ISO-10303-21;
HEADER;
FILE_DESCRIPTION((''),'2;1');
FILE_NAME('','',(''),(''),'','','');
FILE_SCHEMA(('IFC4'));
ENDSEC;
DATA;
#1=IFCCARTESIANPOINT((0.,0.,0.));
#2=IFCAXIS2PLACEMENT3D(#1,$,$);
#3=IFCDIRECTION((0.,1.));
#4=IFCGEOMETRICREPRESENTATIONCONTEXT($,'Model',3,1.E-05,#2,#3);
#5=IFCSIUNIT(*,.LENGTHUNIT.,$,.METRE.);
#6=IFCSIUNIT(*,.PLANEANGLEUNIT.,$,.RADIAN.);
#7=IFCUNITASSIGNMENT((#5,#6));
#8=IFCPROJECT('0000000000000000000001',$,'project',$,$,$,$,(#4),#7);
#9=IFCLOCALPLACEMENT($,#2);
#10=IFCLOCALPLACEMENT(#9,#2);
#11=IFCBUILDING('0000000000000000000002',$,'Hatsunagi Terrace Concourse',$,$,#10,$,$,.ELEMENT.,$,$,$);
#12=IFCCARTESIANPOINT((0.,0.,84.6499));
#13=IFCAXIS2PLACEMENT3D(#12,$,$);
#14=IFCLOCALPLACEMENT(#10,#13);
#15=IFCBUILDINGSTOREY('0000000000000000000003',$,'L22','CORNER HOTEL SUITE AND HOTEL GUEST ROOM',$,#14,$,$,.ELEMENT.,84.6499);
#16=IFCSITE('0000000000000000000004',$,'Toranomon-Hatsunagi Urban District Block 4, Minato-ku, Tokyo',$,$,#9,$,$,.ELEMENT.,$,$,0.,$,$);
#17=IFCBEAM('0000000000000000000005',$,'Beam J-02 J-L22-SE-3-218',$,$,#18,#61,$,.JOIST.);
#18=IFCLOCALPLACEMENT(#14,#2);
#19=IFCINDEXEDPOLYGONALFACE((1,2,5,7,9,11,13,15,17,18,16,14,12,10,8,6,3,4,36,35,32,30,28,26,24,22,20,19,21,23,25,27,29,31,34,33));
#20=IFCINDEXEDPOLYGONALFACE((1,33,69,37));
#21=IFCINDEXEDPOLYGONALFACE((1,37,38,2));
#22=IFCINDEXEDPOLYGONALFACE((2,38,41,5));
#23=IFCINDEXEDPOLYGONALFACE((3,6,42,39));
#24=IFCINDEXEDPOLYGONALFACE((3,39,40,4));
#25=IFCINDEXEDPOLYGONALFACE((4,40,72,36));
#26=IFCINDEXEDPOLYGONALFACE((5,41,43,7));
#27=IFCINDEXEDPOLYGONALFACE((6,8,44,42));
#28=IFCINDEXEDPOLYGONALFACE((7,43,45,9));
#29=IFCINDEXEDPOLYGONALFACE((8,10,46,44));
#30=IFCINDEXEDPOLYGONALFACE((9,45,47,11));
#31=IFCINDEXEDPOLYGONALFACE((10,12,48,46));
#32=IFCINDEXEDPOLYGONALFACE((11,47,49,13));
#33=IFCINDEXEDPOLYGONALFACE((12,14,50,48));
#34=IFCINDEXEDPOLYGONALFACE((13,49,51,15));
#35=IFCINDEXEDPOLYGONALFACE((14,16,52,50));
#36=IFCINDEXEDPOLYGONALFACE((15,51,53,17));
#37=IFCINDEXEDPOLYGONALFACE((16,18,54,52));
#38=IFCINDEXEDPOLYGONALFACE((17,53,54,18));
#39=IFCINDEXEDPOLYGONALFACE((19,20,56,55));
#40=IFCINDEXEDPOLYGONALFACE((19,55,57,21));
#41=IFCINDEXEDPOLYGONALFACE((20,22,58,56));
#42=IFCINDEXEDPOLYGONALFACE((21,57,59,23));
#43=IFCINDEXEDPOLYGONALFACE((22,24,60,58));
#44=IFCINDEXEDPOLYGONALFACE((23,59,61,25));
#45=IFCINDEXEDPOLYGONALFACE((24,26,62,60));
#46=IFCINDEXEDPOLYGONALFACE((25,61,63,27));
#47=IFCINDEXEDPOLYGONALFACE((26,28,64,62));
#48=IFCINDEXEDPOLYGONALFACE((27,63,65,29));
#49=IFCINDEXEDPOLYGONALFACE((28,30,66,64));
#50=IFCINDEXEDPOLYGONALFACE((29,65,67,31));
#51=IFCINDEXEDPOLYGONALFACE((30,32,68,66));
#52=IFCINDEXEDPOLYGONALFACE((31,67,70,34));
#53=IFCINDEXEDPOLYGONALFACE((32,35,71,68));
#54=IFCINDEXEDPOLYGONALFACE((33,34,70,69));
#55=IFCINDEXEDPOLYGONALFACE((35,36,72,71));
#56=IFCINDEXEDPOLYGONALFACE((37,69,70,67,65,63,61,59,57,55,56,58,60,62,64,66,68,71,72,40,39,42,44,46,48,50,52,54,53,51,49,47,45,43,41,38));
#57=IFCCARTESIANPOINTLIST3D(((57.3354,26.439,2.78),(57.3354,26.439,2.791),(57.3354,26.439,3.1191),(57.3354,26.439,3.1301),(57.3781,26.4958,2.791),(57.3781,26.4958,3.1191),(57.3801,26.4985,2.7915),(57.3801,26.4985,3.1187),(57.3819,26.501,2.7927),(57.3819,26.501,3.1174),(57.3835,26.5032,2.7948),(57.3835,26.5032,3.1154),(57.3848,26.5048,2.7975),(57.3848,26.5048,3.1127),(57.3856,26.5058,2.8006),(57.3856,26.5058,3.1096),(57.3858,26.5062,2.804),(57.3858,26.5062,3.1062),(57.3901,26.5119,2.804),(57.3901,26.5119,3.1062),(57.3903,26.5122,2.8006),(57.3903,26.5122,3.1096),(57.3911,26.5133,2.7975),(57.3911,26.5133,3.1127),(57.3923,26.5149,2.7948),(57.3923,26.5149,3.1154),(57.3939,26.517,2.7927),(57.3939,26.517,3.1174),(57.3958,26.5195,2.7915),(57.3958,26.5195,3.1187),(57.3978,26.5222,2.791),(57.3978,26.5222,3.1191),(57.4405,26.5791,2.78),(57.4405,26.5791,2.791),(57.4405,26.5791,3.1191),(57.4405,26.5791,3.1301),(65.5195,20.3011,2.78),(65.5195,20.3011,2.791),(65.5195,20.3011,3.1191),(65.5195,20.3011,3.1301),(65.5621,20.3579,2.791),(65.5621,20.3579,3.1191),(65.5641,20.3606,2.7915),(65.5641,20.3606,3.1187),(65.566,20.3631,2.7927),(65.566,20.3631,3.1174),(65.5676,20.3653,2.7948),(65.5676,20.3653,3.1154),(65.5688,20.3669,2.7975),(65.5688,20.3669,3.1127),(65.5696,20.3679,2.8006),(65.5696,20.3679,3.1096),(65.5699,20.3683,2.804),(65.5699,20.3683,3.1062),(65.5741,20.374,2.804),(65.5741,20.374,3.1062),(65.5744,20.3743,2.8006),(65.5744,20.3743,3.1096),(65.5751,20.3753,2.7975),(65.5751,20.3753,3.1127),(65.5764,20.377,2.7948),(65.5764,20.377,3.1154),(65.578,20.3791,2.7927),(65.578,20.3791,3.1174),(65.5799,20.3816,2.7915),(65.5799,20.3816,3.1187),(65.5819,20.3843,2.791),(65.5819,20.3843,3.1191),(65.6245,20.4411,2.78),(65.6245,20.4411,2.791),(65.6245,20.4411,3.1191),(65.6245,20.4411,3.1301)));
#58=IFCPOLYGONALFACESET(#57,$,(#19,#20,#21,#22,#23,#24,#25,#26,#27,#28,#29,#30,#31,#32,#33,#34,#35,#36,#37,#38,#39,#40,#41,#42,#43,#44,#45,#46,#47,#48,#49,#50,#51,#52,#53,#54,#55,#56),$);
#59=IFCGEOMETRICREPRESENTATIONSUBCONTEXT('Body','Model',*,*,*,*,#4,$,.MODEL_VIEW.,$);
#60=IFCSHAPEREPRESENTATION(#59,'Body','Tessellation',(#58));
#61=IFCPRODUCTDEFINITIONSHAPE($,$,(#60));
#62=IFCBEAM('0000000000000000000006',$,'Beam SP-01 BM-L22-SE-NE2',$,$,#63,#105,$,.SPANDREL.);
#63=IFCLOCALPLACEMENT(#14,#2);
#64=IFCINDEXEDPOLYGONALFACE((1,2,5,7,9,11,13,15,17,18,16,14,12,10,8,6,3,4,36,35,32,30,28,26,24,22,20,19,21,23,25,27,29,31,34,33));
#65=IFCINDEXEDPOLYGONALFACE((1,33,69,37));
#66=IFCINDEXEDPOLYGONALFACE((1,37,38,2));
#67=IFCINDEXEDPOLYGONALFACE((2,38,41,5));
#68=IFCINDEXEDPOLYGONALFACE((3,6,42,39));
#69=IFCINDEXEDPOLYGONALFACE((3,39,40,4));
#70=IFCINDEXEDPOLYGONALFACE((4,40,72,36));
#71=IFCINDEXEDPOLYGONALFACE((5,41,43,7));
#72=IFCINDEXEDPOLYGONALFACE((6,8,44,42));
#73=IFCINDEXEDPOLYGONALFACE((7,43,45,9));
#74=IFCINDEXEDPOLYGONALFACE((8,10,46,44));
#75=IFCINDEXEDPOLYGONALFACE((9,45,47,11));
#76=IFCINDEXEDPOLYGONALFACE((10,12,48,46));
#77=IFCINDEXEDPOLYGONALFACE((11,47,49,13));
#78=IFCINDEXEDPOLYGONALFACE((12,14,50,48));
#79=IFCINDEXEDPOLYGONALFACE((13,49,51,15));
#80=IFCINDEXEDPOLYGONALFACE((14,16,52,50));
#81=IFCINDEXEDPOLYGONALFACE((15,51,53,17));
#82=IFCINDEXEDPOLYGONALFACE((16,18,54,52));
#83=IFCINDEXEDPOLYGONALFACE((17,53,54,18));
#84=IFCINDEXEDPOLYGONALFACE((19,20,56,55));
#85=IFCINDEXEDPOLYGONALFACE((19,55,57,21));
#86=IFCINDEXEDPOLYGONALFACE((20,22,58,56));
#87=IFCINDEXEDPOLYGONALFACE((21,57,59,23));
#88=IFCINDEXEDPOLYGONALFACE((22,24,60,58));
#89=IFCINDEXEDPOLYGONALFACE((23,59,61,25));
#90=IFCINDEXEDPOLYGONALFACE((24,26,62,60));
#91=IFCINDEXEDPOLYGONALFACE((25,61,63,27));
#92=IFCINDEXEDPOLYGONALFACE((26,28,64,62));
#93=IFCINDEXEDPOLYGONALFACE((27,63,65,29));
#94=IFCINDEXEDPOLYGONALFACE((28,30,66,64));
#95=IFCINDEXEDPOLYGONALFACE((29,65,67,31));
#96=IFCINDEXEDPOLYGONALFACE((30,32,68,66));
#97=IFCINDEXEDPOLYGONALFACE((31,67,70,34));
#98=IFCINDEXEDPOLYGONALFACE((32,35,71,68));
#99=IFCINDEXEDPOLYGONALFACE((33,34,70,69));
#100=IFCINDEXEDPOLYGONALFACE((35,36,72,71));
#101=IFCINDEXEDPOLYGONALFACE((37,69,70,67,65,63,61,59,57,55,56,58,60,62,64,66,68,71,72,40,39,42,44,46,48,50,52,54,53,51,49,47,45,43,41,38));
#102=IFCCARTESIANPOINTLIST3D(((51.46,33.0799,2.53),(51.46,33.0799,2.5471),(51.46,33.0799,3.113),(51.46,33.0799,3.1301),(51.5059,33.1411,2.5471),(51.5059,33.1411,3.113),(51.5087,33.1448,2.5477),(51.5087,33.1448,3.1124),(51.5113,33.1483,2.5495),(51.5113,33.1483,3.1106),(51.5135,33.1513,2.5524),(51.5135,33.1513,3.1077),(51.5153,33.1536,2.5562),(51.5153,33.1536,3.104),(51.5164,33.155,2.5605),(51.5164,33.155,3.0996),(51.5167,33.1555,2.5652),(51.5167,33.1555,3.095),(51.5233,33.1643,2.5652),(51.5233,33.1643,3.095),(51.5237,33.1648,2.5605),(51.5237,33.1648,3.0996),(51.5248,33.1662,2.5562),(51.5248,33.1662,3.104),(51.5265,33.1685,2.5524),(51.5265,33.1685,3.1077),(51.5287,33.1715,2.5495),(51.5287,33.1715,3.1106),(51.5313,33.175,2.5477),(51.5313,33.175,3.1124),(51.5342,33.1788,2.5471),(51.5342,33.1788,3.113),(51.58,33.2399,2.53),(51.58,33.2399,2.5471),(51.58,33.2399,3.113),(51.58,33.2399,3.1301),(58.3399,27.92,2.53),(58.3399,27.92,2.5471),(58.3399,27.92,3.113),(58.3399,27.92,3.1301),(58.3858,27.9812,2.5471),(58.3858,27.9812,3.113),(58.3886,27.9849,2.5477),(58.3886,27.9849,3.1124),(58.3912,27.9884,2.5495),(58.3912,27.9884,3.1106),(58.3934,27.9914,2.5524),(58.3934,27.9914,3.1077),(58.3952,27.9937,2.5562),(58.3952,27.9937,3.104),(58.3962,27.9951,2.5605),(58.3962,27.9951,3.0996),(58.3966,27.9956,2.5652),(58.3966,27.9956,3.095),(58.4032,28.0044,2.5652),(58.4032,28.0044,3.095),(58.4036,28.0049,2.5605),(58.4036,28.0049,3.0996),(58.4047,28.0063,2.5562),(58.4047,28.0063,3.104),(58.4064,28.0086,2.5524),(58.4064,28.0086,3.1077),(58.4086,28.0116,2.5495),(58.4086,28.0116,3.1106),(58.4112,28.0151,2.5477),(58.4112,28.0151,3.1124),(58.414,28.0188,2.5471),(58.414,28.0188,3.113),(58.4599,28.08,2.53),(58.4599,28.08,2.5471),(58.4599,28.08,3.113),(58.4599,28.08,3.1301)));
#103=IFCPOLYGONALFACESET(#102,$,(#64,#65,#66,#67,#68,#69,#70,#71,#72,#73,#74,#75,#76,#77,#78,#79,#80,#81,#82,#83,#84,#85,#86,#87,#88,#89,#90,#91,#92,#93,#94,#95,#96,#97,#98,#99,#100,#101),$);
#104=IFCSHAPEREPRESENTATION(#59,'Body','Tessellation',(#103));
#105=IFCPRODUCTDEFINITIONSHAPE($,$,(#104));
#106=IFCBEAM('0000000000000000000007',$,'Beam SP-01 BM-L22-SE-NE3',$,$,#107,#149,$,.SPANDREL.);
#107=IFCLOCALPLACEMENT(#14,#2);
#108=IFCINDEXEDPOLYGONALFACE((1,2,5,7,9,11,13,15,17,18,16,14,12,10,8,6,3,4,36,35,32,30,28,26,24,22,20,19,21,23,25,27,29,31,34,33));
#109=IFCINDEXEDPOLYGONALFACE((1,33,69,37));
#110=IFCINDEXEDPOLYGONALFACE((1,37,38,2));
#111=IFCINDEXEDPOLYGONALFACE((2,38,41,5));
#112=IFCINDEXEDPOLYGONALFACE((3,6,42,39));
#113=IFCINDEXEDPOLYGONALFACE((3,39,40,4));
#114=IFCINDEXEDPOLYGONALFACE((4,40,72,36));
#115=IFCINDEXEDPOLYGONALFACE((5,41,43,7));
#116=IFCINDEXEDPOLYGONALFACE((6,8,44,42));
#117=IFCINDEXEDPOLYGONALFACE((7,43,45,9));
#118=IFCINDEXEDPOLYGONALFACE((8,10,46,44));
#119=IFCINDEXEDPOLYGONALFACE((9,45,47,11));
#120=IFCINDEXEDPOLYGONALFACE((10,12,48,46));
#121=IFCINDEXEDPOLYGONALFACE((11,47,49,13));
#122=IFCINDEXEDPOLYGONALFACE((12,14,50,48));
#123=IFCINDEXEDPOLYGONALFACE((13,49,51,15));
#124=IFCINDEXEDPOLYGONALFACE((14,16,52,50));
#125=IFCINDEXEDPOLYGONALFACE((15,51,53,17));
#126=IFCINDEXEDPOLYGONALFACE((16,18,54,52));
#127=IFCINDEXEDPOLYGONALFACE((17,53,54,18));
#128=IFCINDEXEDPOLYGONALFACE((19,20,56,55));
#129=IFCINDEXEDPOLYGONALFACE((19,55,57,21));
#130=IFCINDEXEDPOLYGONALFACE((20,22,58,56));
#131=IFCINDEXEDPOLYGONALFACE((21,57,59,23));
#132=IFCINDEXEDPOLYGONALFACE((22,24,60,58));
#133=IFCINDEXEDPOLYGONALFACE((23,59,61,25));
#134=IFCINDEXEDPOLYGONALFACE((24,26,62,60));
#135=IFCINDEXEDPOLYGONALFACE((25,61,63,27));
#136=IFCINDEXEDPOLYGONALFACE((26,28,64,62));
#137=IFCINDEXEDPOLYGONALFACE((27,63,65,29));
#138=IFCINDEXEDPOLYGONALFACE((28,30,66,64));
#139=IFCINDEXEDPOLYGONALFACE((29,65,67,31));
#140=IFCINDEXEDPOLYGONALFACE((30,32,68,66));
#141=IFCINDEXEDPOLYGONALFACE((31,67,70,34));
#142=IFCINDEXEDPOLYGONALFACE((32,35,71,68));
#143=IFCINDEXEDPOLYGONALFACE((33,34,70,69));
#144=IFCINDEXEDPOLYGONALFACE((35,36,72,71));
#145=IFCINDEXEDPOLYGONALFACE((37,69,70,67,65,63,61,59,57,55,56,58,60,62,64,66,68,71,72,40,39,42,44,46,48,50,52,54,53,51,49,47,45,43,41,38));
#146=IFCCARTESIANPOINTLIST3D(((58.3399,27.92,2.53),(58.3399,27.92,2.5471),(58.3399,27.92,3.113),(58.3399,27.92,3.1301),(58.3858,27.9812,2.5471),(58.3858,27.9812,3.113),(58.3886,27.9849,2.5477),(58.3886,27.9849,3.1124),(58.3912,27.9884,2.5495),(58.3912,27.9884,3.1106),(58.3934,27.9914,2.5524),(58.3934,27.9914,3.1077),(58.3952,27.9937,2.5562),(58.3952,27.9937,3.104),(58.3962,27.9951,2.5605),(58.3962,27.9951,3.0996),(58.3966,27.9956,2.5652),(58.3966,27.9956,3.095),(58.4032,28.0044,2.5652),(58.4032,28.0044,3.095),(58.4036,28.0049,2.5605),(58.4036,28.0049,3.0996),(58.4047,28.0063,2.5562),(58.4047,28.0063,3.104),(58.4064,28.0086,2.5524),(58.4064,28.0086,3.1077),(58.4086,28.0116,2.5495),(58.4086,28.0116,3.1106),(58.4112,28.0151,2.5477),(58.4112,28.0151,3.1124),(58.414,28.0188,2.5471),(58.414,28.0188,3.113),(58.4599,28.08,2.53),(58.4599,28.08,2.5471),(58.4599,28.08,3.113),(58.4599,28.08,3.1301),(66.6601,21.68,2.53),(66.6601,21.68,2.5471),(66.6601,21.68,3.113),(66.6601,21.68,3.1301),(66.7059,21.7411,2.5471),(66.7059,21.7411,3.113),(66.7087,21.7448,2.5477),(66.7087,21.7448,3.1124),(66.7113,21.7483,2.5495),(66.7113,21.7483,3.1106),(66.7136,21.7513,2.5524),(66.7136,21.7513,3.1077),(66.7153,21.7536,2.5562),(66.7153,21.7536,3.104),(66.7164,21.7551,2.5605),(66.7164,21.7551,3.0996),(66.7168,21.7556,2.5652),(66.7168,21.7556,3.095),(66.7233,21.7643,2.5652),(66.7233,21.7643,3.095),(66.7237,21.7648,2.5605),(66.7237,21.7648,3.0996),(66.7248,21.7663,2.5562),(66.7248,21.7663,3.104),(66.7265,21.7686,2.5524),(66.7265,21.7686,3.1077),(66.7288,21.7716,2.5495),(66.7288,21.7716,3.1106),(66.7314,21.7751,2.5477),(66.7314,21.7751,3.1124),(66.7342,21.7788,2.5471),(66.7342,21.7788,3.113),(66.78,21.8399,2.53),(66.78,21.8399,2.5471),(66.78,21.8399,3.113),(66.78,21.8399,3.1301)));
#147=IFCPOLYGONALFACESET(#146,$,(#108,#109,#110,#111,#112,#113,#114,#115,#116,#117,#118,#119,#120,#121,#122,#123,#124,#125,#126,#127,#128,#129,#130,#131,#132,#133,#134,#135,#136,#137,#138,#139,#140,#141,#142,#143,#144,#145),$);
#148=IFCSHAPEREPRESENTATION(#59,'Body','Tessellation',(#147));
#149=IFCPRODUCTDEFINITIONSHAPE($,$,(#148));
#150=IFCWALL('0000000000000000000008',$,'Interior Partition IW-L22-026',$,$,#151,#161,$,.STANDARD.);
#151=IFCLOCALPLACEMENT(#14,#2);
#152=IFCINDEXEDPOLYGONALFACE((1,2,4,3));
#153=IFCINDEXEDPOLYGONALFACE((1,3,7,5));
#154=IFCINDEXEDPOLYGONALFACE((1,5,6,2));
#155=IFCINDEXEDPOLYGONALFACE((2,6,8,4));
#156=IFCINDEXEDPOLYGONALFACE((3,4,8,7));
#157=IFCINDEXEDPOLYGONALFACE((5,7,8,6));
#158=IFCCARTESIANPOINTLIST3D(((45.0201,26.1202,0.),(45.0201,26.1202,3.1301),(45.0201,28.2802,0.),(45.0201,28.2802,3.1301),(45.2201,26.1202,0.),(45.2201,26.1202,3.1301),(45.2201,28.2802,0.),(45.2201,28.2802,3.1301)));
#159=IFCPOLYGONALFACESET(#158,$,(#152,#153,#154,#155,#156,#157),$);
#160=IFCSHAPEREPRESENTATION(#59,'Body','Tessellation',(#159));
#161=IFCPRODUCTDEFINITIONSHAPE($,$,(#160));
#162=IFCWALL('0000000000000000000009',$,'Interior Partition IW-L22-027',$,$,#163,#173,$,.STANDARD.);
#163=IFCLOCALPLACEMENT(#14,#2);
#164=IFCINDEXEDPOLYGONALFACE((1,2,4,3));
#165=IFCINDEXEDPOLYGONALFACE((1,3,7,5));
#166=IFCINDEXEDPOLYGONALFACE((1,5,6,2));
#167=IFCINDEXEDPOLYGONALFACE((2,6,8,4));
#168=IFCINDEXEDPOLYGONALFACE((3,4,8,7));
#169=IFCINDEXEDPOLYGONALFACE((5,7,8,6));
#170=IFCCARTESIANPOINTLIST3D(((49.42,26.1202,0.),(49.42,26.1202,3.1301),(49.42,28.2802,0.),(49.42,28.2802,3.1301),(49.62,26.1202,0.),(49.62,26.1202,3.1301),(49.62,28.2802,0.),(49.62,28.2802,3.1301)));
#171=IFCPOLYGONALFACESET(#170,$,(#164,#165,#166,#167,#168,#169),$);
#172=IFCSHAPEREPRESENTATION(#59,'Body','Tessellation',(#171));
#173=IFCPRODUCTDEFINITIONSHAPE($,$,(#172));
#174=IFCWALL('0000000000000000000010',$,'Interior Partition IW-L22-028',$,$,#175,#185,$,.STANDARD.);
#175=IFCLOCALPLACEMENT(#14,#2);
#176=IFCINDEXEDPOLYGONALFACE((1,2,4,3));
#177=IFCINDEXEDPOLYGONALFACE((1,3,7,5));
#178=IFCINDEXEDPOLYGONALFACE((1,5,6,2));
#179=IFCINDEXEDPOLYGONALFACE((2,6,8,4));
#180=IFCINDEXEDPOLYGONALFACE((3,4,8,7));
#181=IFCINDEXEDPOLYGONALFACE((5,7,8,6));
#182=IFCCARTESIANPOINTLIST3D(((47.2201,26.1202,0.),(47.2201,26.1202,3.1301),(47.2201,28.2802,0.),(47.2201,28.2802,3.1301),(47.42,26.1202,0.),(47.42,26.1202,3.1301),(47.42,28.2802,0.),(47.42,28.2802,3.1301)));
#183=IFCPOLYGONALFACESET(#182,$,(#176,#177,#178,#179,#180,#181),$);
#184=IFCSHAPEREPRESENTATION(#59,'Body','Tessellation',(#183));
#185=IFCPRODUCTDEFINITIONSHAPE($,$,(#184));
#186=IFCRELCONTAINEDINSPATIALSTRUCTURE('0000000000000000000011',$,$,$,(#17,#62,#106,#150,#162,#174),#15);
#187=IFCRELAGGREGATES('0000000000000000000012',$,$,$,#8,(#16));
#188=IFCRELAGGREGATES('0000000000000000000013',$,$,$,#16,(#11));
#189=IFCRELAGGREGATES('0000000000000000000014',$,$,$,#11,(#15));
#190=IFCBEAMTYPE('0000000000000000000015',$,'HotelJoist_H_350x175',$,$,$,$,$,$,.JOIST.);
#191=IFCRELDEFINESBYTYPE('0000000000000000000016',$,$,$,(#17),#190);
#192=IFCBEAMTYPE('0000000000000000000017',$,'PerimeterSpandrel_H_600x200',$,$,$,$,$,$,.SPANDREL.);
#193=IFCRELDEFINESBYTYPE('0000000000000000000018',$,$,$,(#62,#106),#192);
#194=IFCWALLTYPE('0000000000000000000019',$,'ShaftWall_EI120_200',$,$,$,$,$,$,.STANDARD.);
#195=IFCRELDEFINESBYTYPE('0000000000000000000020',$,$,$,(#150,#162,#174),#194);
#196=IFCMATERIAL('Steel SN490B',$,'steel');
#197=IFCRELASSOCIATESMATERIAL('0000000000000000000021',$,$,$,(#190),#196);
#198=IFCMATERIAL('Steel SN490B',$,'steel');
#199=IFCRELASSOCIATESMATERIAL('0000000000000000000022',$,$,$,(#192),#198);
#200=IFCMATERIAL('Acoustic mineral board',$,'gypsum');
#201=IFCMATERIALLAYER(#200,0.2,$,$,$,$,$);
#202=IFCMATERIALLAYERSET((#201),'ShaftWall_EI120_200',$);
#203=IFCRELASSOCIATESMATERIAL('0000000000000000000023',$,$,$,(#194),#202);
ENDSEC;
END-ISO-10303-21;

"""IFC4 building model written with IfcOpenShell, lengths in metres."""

from ifc_helpers import new_model, si_unit, direction, frame, frame_2d, origin, origin_2d, place, context, subcontext, project, spatial, rectangle, i_section, extrude, material, layer, layer_set, material_profile, profile_set, type_object, element, save


model = new_model("IFC4")

# Units and contexts
model_context = context("Model", 3, precision=1e-05, world=origin(), true_north=direction((0.0, 1.0)))
body_context = subcontext(model_context, "Body", "Model", "MODEL_VIEW")
ifc_project = project(units=[si_unit("LENGTHUNIT", "METRE"), si_unit("PLANEANGLEUNIT", "RADIAN")], contexts=[model_context])

# Site, building, storey
site_placement = place(None, origin())
site = spatial("IfcSite", under=ifc_project, at=site_placement, Name="Toranomon-Hatsunagi Urban District Block 4, Minato-ku, Tokyo", CompositionType="ELEMENT", RefElevation=0.0)
building_placement = place(site_placement, origin())
building = spatial("IfcBuilding", under=site, at=building_placement, Name="Hatsunagi Terrace Concourse", CompositionType="ELEMENT")
storey_placement = place(building_placement, frame((0.0, 0.0, 84.6499)))
storey = spatial("IfcBuildingStorey", under=building, at=storey_placement, Name="L22", Description="CORNER HOTEL SUITE AND HOTEL GUEST ROOM", CompositionType="ELEMENT", Elevation=84.6499)

# Beams
ifc_material_1 = material(Name="Steel SN490B", Category="steel")
ifc_material_profile_1 = material_profile(ifc_material_1, i_section(OverallWidth=0.175, OverallDepth=0.3501, WebThickness=0.0071, FlangeThickness=0.011, FilletRadius=0.0129, at=origin_2d()), Name="H-350x175x7x11")
ifc_profile_set_1 = profile_set([ifc_material_profile_1], Name="Steel SN490B")
beam_type_1 = type_object("IfcBeamType", Name="HotelJoist_H_350x175", PredefinedType="JOIST", material=ifc_profile_set_1)
beam_1_placement = place(storey_placement, frame((57.3879, 26.509, 2.9551), z_axis=(0.800006, -0.599992, 0.0), x_axis=(0.599992, 0.800006, 0.0)))
element("IfcBeam", 1, at=beam_1_placement, inside=storey, type_object=beam_type_1, Name="Beam J-02 J-L22-SE-3-218", PredefinedType="JOIST", context=body_context, shape_type="SweptSolid", body=[
    extrude(i_section(OverallWidth=0.175, OverallDepth=0.3501, WebThickness=0.0071, FlangeThickness=0.011, FilletRadius=0.0129, at=origin_2d()), origin(), (0.0, 0.0, 1.0), 10.23),
])
ifc_material_2 = material(Name="Steel SN490B", Category="steel")
ifc_material_profile_2 = material_profile(ifc_material_2, i_section(OverallWidth=0.2, OverallDepth=0.6001, WebThickness=0.011, FlangeThickness=0.0171, FilletRadius=0.0181, at=origin_2d()), Name="H-600x200x11x17")
ifc_profile_set_2 = profile_set([ifc_material_profile_2], Name="Steel SN490B")
beam_type_2 = type_object("IfcBeamType", Name="PerimeterSpandrel_H_600x200", PredefinedType="SPANDREL", material=ifc_profile_set_2)
beam_2_placement = place(storey_placement, frame((51.52, 33.1599, 2.8301), z_axis=(0.8, -0.6, 0.0), x_axis=(0.6, 0.8, 0.0)))
element("IfcBeam", 2, at=beam_2_placement, inside=storey, type_object=beam_type_2, Name="Beam SP-01 BM-L22-SE-NE2", PredefinedType="SPANDREL", context=body_context, shape_type="SweptSolid", body=[
    extrude(i_section(OverallWidth=0.2, OverallDepth=0.6001, WebThickness=0.011, FlangeThickness=0.0171, FilletRadius=0.0181, at=origin_2d()), origin(), (0.0, 0.0, 1.0), 8.5999),
])
beam_3_placement = place(storey_placement, frame((58.3999, 28.0, 2.8301), z_axis=(0.800003, -0.599996, 0.0), x_axis=(0.599996, 0.800003, 0.0)))
element("IfcBeam", 3, at=beam_3_placement, inside=storey, type_object=beam_type_2, Name="Beam SP-01 BM-L22-SE-NE3", PredefinedType="SPANDREL", context=body_context, shape_type="SweptSolid", body=[
    extrude(i_section(OverallWidth=0.2, OverallDepth=0.6001, WebThickness=0.011, FlangeThickness=0.0171, FilletRadius=0.0181, at=origin_2d()), origin(), (0.0, 0.0, 1.0), 10.4001),
])

# Walls
ifc_material_3 = material(Name="Acoustic mineral board", Category="gypsum")
ifc_layer_1 = layer(ifc_material_3, 0.2)
ifc_layer_set_1 = layer_set([ifc_layer_1], Name="ShaftWall_EI120_200")
wall_type_1 = type_object("IfcWallType", Name="ShaftWall_EI120_200", PredefinedType="STANDARD", material=ifc_layer_set_1)
for number, where, z_axis, x_axis, name in (
    (4, (45.1201, 26.1201, 0.0), (0.0, 0.0, 1.0), (0.0, 1.0, 0.0), "Interior Partition IW-L22-026"),
    (5, (49.52, 26.1201, 0.0), (0.0, 0.0, 1.0), (0.0, 1.0, 0.0), "Interior Partition IW-L22-027"),
    (6, (47.3201, 26.1201, 0.0), (0.0, 0.0, 1.0), (0.0, 1.0, 0.0), "Interior Partition IW-L22-028"),
):
    element("IfcWall", number, at=place(storey_placement, frame(where, z_axis=z_axis, x_axis=x_axis)), inside=storey, type_object=wall_type_1, Name=name, PredefinedType="STANDARD", context=body_context, shape_type="SweptSolid", body=[
        extrude(rectangle(XDim=2.1599, YDim=0.2, at=frame_2d((1.0801, 0.0))), origin(), (0.0, 0.0, 1.0), 3.1301),
    ])

save(model, "model.ifc")
